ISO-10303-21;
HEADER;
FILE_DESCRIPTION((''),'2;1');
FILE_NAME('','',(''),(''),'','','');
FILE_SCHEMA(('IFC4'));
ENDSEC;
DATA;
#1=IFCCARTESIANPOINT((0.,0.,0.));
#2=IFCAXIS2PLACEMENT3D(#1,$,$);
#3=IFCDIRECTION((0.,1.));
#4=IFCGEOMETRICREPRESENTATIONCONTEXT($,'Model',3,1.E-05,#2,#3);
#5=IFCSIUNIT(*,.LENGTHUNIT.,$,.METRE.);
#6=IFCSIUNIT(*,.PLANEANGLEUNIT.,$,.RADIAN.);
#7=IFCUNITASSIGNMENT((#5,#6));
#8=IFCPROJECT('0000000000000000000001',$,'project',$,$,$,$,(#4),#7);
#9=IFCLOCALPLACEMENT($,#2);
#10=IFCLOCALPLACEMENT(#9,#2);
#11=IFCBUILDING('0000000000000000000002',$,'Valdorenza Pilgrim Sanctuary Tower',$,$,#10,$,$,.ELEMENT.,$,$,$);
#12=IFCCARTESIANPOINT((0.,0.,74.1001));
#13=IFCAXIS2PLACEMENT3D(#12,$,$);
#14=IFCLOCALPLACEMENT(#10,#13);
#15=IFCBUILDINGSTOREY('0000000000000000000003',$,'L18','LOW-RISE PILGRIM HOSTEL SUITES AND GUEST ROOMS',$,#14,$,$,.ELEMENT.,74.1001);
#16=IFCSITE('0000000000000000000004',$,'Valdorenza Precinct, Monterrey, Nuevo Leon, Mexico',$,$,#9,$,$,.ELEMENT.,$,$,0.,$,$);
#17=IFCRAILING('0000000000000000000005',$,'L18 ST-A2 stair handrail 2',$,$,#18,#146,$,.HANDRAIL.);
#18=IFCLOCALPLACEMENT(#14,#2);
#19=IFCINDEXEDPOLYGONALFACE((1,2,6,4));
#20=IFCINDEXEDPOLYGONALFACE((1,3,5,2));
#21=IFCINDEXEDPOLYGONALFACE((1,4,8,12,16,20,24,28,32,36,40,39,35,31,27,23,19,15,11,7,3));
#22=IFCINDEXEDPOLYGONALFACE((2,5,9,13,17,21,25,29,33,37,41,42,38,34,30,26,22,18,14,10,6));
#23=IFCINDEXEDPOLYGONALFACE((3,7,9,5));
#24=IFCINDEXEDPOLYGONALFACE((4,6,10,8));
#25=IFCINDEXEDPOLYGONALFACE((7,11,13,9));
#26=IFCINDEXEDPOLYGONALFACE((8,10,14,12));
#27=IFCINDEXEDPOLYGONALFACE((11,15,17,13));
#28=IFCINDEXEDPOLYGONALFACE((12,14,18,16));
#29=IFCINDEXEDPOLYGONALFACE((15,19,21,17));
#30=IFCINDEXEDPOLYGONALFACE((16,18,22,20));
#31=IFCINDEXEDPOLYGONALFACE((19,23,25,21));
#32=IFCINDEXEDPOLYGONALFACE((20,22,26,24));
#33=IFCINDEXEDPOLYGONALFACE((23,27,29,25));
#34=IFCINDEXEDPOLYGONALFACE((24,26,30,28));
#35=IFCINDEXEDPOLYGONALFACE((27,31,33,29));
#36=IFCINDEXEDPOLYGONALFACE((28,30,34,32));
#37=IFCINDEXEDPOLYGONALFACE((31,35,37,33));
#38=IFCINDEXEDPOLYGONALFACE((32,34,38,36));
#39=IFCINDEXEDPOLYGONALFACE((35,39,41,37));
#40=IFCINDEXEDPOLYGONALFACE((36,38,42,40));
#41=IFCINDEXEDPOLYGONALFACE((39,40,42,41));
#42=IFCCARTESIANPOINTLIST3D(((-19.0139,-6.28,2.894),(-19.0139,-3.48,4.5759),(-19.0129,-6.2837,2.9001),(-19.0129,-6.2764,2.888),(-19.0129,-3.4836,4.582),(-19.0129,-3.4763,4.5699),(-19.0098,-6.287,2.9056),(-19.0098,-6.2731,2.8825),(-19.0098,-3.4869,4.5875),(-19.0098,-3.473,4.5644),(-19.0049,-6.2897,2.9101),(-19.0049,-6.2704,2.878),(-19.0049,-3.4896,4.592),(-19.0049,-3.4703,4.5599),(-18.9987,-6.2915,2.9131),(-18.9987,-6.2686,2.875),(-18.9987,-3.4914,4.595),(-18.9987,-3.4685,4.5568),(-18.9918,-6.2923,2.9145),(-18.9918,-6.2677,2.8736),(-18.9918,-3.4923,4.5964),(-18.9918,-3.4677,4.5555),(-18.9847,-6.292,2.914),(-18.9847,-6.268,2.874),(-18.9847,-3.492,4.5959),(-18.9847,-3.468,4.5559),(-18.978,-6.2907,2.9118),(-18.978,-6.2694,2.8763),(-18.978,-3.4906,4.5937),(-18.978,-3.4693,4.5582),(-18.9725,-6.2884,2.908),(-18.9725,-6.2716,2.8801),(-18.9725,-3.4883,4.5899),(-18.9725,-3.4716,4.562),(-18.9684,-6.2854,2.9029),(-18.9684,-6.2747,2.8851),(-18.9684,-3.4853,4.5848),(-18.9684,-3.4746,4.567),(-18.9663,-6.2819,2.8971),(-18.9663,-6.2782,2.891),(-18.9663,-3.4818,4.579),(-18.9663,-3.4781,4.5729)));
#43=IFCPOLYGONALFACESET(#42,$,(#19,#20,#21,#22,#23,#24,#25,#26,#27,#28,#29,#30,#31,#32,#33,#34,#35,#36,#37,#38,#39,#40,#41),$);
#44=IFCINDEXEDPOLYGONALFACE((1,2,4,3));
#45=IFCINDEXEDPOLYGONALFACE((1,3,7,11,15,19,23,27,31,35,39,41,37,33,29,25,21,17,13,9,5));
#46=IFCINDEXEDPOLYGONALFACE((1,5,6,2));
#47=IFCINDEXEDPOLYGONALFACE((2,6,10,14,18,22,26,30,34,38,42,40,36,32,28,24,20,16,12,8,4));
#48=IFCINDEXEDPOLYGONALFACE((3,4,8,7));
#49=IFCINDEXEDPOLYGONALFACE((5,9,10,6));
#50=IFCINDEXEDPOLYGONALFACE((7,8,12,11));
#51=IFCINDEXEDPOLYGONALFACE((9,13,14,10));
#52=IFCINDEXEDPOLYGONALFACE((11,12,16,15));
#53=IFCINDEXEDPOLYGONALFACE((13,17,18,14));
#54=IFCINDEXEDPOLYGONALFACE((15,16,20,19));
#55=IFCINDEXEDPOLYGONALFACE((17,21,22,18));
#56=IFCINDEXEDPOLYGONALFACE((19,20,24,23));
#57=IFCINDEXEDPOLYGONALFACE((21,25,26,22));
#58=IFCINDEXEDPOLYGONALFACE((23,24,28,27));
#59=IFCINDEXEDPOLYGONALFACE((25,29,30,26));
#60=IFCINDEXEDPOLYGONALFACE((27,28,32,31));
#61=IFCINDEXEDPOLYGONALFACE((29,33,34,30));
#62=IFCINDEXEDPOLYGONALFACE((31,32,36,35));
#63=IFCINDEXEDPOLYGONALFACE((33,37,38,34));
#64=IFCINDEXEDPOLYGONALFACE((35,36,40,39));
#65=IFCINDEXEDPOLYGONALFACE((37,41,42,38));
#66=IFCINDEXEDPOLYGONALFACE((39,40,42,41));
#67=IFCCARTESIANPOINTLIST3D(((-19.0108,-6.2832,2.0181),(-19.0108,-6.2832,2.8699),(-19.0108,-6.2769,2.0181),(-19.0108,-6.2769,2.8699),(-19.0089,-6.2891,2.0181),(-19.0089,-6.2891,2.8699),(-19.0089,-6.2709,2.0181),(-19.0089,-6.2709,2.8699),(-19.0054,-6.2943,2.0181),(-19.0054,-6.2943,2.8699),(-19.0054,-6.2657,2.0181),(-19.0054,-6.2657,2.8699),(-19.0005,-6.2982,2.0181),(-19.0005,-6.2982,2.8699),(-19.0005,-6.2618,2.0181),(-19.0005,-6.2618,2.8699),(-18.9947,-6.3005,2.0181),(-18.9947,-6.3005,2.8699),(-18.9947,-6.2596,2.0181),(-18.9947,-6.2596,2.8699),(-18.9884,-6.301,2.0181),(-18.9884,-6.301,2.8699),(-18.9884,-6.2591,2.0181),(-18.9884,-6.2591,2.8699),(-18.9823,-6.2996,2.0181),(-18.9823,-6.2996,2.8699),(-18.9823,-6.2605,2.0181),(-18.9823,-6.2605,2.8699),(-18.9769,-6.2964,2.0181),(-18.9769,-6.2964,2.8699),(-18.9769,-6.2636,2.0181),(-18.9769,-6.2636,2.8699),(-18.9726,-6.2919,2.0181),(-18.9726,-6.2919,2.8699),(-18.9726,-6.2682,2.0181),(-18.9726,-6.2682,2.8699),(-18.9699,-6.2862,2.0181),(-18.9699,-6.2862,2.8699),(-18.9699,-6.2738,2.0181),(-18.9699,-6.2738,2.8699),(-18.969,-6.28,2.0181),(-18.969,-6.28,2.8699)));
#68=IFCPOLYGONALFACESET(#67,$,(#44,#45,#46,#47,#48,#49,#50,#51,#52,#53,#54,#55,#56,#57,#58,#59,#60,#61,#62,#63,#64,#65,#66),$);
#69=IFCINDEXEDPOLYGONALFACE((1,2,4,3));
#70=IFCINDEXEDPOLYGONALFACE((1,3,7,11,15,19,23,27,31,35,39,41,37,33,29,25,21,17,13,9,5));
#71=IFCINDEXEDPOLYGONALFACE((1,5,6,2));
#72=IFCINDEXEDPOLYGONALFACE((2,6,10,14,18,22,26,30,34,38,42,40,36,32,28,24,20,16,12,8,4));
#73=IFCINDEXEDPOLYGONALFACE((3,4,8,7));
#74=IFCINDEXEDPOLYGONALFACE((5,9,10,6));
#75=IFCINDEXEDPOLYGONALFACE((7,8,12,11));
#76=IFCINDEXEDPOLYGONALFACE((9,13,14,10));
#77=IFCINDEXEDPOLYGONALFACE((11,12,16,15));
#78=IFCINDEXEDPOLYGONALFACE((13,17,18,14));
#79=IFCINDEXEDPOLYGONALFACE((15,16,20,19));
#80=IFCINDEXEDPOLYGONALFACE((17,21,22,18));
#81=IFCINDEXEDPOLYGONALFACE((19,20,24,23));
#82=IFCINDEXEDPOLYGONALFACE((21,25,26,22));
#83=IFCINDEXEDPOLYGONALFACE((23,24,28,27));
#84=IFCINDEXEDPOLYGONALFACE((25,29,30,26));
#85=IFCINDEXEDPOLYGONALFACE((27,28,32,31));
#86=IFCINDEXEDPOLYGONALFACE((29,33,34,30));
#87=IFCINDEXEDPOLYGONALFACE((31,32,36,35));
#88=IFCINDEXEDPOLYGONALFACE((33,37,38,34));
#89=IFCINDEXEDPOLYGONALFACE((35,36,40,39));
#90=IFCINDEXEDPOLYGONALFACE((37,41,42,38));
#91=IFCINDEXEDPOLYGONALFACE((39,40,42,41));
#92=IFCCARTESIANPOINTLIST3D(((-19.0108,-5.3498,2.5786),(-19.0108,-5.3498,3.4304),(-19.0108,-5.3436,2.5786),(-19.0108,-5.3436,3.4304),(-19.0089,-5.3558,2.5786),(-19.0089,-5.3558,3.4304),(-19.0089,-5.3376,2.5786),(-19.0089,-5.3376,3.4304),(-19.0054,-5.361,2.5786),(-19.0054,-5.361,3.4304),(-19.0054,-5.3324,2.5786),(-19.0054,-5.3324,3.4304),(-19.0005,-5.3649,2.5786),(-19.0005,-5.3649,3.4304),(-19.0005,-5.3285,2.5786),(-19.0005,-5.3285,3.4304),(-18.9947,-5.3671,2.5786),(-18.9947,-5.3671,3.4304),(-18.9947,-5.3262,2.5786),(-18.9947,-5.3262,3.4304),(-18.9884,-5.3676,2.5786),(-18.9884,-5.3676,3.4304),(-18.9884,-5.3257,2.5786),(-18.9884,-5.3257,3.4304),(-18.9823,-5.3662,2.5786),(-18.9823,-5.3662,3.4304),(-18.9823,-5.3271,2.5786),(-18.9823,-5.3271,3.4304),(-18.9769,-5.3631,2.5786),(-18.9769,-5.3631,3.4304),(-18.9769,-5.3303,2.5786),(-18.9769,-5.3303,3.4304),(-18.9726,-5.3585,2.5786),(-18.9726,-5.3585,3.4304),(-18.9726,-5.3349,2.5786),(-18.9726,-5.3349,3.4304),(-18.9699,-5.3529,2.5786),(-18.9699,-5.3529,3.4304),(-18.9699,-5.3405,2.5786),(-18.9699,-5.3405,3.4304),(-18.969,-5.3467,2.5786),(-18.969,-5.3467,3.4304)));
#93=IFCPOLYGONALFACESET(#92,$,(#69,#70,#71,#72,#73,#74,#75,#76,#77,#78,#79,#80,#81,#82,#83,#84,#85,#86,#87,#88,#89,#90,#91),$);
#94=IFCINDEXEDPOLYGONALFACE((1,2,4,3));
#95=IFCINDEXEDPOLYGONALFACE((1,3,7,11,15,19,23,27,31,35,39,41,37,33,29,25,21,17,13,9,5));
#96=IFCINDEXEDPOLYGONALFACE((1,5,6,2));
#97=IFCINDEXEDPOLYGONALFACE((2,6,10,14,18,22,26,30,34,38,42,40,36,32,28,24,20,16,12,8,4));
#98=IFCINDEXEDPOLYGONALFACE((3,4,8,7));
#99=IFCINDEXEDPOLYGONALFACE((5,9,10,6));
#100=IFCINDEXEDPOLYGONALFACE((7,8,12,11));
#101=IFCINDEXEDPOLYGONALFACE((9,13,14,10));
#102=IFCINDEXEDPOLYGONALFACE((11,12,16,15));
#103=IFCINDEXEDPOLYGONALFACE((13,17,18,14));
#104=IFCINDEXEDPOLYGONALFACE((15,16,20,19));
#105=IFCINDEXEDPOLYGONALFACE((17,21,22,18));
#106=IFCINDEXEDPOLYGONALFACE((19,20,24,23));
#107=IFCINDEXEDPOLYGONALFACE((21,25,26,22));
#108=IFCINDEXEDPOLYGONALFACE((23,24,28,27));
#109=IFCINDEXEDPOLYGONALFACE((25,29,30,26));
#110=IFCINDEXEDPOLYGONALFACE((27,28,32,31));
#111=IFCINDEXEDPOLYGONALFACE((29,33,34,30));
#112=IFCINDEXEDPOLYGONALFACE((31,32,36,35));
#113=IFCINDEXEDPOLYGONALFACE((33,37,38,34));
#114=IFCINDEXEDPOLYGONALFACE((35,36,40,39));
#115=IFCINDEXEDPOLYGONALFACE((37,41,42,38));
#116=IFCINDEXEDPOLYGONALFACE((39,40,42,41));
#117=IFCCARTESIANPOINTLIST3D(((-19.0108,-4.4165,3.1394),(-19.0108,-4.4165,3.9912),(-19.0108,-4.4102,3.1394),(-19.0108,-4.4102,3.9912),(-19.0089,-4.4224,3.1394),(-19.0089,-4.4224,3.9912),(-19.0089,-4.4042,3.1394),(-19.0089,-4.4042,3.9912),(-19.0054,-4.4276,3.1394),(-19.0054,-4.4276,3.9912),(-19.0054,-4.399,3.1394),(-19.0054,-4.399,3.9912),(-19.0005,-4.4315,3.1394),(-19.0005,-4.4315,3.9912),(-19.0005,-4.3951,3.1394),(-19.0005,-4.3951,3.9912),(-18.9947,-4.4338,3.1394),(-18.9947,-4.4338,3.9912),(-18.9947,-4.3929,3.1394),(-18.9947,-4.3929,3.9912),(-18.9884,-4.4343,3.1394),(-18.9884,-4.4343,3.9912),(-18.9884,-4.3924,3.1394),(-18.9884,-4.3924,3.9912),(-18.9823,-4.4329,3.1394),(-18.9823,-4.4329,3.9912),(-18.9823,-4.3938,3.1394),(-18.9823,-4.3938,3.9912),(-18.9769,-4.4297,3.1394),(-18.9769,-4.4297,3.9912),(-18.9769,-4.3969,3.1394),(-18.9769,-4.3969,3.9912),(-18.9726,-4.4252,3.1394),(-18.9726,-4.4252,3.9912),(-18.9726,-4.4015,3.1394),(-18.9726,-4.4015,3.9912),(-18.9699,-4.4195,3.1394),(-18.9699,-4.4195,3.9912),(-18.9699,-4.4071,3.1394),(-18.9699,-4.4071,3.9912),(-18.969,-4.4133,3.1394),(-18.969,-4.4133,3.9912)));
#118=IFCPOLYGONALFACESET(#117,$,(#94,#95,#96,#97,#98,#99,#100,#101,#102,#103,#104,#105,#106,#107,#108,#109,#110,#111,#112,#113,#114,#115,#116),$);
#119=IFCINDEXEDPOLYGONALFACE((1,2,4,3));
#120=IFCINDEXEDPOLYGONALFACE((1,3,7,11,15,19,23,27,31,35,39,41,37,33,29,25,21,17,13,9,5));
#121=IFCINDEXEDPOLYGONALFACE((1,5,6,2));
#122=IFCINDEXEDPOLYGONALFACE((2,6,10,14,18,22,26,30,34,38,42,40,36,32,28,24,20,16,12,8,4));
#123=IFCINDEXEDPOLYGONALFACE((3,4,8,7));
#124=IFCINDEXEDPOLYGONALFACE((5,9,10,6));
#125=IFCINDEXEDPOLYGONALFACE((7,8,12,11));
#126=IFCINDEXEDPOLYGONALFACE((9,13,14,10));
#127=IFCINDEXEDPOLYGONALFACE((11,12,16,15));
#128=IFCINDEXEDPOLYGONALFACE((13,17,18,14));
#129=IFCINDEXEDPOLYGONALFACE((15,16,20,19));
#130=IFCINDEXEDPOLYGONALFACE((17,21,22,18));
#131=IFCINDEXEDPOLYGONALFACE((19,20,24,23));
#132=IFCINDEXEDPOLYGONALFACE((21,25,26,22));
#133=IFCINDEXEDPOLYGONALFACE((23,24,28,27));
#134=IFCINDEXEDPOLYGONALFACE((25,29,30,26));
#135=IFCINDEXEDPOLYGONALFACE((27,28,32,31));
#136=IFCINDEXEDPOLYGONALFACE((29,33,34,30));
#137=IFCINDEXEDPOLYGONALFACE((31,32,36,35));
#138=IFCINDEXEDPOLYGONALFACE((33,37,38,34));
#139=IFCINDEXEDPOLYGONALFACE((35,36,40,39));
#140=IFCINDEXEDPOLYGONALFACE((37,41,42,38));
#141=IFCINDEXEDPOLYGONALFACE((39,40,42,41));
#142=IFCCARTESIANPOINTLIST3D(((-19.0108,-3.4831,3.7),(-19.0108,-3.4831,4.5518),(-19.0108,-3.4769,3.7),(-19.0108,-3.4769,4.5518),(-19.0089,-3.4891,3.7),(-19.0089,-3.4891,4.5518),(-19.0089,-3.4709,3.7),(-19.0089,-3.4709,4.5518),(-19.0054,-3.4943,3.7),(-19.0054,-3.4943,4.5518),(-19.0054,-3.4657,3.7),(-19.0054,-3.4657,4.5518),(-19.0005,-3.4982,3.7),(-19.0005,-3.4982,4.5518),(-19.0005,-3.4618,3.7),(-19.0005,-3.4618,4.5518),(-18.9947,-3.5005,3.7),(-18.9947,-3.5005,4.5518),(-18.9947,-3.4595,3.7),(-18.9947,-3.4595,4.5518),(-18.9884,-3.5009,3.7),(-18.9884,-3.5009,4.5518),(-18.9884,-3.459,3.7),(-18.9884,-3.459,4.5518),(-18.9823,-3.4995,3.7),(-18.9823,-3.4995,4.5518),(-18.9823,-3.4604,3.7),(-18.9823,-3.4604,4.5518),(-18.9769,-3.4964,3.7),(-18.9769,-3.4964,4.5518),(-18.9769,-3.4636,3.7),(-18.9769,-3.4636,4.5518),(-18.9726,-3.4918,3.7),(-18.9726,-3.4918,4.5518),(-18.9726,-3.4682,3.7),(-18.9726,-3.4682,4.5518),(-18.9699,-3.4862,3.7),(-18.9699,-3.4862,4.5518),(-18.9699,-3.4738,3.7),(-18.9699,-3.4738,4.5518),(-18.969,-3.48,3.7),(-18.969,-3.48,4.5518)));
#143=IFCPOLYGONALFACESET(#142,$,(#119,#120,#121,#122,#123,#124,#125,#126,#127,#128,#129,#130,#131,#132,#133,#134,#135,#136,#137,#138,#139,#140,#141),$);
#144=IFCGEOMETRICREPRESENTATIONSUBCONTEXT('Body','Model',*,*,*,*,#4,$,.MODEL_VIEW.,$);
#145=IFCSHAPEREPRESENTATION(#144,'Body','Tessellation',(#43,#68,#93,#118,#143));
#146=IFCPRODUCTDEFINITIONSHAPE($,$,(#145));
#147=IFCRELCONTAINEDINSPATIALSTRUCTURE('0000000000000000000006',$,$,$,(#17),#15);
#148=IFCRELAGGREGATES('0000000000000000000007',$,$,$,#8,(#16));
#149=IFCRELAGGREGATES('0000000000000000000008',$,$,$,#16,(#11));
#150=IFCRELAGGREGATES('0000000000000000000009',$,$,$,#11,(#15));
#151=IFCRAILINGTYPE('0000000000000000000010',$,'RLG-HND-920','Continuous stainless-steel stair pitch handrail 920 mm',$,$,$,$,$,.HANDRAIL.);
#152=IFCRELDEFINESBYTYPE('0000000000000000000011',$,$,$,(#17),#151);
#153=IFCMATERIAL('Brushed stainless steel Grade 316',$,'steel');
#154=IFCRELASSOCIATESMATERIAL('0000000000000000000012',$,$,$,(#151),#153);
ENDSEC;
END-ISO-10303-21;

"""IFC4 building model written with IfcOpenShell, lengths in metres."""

from ifc_helpers import new_model, si_unit, direction, frame, origin, origin_2d, place, context, subcontext, project, spatial, circle, extrude, material, type_object, element, save


model = new_model("IFC4")

# Units and contexts
model_context = context("Model", 3, precision=1e-05, world=origin(), true_north=direction((0.0, 1.0)))
body_context = subcontext(model_context, "Body", "Model", "MODEL_VIEW")
ifc_project = project(units=[si_unit("LENGTHUNIT", "METRE"), si_unit("PLANEANGLEUNIT", "RADIAN")], contexts=[model_context])

# Site, building, storey
site_placement = place(None, origin())
site = spatial("IfcSite", under=ifc_project, at=site_placement, Name="Valdorenza Precinct, Monterrey, Nuevo Leon, Mexico", CompositionType="ELEMENT", RefElevation=0.0)
building_placement = place(site_placement, origin())
building = spatial("IfcBuilding", under=site, at=building_placement, Name="Valdorenza Pilgrim Sanctuary Tower", CompositionType="ELEMENT")
storey_placement = place(building_placement, frame((0.0, 0.0, 74.1001)))
storey = spatial("IfcBuildingStorey", under=building, at=storey_placement, Name="L18", Description="LOW-RISE PILGRIM HOSTEL SUITES AND GUEST ROOMS", CompositionType="ELEMENT", Elevation=74.1001)

# Shared definitions
ifc_material_1 = material(Name="Brushed stainless steel Grade 316", Category="steel")

# Railing
railing_type_1 = type_object("IfcRailingType", Name="RLG-HND-920", Description="Continuous stainless-steel stair pitch handrail 920 mm", PredefinedType="HANDRAIL", material=ifc_material_1)
railing_1_placement = place(storey_placement, frame((-18.99, -6.28, 2.0181)))
element("IfcRailing", 1, at=railing_1_placement, inside=storey, type_object=railing_type_1, Name="L18 ST-A2 stair handrail 2", PredefinedType="HANDRAIL", context=body_context, shape_type="SweptSolid", body=[
    extrude(circle(Radius=0.0239, at=origin_2d()), frame((0.0, 0.0, 0.876), z_axis=(0.0, 0.857242, 0.514913), x_axis=(-1.0, 0.0, 0.0)), (0.0, 0.0, 1.0), 3.2664),
    extrude(circle(Radius=0.021, at=origin_2d()), origin(), (0.0, 0.0, 1.0), 0.8518),
    extrude(circle(Radius=0.021, at=origin_2d()), frame((0.0, 0.9333, 0.5605)), (0.0, 0.0, 1.0), 0.8518),
    extrude(circle(Radius=0.021, at=origin_2d()), frame((0.0, 1.8667, 1.1213)), (0.0, 0.0, 1.0), 0.8518),
    extrude(circle(Radius=0.021, at=origin_2d()), frame((0.0, 2.8, 1.6819)), (0.0, 0.0, 1.0), 0.8518),
])

save(model, "model.ifc")
